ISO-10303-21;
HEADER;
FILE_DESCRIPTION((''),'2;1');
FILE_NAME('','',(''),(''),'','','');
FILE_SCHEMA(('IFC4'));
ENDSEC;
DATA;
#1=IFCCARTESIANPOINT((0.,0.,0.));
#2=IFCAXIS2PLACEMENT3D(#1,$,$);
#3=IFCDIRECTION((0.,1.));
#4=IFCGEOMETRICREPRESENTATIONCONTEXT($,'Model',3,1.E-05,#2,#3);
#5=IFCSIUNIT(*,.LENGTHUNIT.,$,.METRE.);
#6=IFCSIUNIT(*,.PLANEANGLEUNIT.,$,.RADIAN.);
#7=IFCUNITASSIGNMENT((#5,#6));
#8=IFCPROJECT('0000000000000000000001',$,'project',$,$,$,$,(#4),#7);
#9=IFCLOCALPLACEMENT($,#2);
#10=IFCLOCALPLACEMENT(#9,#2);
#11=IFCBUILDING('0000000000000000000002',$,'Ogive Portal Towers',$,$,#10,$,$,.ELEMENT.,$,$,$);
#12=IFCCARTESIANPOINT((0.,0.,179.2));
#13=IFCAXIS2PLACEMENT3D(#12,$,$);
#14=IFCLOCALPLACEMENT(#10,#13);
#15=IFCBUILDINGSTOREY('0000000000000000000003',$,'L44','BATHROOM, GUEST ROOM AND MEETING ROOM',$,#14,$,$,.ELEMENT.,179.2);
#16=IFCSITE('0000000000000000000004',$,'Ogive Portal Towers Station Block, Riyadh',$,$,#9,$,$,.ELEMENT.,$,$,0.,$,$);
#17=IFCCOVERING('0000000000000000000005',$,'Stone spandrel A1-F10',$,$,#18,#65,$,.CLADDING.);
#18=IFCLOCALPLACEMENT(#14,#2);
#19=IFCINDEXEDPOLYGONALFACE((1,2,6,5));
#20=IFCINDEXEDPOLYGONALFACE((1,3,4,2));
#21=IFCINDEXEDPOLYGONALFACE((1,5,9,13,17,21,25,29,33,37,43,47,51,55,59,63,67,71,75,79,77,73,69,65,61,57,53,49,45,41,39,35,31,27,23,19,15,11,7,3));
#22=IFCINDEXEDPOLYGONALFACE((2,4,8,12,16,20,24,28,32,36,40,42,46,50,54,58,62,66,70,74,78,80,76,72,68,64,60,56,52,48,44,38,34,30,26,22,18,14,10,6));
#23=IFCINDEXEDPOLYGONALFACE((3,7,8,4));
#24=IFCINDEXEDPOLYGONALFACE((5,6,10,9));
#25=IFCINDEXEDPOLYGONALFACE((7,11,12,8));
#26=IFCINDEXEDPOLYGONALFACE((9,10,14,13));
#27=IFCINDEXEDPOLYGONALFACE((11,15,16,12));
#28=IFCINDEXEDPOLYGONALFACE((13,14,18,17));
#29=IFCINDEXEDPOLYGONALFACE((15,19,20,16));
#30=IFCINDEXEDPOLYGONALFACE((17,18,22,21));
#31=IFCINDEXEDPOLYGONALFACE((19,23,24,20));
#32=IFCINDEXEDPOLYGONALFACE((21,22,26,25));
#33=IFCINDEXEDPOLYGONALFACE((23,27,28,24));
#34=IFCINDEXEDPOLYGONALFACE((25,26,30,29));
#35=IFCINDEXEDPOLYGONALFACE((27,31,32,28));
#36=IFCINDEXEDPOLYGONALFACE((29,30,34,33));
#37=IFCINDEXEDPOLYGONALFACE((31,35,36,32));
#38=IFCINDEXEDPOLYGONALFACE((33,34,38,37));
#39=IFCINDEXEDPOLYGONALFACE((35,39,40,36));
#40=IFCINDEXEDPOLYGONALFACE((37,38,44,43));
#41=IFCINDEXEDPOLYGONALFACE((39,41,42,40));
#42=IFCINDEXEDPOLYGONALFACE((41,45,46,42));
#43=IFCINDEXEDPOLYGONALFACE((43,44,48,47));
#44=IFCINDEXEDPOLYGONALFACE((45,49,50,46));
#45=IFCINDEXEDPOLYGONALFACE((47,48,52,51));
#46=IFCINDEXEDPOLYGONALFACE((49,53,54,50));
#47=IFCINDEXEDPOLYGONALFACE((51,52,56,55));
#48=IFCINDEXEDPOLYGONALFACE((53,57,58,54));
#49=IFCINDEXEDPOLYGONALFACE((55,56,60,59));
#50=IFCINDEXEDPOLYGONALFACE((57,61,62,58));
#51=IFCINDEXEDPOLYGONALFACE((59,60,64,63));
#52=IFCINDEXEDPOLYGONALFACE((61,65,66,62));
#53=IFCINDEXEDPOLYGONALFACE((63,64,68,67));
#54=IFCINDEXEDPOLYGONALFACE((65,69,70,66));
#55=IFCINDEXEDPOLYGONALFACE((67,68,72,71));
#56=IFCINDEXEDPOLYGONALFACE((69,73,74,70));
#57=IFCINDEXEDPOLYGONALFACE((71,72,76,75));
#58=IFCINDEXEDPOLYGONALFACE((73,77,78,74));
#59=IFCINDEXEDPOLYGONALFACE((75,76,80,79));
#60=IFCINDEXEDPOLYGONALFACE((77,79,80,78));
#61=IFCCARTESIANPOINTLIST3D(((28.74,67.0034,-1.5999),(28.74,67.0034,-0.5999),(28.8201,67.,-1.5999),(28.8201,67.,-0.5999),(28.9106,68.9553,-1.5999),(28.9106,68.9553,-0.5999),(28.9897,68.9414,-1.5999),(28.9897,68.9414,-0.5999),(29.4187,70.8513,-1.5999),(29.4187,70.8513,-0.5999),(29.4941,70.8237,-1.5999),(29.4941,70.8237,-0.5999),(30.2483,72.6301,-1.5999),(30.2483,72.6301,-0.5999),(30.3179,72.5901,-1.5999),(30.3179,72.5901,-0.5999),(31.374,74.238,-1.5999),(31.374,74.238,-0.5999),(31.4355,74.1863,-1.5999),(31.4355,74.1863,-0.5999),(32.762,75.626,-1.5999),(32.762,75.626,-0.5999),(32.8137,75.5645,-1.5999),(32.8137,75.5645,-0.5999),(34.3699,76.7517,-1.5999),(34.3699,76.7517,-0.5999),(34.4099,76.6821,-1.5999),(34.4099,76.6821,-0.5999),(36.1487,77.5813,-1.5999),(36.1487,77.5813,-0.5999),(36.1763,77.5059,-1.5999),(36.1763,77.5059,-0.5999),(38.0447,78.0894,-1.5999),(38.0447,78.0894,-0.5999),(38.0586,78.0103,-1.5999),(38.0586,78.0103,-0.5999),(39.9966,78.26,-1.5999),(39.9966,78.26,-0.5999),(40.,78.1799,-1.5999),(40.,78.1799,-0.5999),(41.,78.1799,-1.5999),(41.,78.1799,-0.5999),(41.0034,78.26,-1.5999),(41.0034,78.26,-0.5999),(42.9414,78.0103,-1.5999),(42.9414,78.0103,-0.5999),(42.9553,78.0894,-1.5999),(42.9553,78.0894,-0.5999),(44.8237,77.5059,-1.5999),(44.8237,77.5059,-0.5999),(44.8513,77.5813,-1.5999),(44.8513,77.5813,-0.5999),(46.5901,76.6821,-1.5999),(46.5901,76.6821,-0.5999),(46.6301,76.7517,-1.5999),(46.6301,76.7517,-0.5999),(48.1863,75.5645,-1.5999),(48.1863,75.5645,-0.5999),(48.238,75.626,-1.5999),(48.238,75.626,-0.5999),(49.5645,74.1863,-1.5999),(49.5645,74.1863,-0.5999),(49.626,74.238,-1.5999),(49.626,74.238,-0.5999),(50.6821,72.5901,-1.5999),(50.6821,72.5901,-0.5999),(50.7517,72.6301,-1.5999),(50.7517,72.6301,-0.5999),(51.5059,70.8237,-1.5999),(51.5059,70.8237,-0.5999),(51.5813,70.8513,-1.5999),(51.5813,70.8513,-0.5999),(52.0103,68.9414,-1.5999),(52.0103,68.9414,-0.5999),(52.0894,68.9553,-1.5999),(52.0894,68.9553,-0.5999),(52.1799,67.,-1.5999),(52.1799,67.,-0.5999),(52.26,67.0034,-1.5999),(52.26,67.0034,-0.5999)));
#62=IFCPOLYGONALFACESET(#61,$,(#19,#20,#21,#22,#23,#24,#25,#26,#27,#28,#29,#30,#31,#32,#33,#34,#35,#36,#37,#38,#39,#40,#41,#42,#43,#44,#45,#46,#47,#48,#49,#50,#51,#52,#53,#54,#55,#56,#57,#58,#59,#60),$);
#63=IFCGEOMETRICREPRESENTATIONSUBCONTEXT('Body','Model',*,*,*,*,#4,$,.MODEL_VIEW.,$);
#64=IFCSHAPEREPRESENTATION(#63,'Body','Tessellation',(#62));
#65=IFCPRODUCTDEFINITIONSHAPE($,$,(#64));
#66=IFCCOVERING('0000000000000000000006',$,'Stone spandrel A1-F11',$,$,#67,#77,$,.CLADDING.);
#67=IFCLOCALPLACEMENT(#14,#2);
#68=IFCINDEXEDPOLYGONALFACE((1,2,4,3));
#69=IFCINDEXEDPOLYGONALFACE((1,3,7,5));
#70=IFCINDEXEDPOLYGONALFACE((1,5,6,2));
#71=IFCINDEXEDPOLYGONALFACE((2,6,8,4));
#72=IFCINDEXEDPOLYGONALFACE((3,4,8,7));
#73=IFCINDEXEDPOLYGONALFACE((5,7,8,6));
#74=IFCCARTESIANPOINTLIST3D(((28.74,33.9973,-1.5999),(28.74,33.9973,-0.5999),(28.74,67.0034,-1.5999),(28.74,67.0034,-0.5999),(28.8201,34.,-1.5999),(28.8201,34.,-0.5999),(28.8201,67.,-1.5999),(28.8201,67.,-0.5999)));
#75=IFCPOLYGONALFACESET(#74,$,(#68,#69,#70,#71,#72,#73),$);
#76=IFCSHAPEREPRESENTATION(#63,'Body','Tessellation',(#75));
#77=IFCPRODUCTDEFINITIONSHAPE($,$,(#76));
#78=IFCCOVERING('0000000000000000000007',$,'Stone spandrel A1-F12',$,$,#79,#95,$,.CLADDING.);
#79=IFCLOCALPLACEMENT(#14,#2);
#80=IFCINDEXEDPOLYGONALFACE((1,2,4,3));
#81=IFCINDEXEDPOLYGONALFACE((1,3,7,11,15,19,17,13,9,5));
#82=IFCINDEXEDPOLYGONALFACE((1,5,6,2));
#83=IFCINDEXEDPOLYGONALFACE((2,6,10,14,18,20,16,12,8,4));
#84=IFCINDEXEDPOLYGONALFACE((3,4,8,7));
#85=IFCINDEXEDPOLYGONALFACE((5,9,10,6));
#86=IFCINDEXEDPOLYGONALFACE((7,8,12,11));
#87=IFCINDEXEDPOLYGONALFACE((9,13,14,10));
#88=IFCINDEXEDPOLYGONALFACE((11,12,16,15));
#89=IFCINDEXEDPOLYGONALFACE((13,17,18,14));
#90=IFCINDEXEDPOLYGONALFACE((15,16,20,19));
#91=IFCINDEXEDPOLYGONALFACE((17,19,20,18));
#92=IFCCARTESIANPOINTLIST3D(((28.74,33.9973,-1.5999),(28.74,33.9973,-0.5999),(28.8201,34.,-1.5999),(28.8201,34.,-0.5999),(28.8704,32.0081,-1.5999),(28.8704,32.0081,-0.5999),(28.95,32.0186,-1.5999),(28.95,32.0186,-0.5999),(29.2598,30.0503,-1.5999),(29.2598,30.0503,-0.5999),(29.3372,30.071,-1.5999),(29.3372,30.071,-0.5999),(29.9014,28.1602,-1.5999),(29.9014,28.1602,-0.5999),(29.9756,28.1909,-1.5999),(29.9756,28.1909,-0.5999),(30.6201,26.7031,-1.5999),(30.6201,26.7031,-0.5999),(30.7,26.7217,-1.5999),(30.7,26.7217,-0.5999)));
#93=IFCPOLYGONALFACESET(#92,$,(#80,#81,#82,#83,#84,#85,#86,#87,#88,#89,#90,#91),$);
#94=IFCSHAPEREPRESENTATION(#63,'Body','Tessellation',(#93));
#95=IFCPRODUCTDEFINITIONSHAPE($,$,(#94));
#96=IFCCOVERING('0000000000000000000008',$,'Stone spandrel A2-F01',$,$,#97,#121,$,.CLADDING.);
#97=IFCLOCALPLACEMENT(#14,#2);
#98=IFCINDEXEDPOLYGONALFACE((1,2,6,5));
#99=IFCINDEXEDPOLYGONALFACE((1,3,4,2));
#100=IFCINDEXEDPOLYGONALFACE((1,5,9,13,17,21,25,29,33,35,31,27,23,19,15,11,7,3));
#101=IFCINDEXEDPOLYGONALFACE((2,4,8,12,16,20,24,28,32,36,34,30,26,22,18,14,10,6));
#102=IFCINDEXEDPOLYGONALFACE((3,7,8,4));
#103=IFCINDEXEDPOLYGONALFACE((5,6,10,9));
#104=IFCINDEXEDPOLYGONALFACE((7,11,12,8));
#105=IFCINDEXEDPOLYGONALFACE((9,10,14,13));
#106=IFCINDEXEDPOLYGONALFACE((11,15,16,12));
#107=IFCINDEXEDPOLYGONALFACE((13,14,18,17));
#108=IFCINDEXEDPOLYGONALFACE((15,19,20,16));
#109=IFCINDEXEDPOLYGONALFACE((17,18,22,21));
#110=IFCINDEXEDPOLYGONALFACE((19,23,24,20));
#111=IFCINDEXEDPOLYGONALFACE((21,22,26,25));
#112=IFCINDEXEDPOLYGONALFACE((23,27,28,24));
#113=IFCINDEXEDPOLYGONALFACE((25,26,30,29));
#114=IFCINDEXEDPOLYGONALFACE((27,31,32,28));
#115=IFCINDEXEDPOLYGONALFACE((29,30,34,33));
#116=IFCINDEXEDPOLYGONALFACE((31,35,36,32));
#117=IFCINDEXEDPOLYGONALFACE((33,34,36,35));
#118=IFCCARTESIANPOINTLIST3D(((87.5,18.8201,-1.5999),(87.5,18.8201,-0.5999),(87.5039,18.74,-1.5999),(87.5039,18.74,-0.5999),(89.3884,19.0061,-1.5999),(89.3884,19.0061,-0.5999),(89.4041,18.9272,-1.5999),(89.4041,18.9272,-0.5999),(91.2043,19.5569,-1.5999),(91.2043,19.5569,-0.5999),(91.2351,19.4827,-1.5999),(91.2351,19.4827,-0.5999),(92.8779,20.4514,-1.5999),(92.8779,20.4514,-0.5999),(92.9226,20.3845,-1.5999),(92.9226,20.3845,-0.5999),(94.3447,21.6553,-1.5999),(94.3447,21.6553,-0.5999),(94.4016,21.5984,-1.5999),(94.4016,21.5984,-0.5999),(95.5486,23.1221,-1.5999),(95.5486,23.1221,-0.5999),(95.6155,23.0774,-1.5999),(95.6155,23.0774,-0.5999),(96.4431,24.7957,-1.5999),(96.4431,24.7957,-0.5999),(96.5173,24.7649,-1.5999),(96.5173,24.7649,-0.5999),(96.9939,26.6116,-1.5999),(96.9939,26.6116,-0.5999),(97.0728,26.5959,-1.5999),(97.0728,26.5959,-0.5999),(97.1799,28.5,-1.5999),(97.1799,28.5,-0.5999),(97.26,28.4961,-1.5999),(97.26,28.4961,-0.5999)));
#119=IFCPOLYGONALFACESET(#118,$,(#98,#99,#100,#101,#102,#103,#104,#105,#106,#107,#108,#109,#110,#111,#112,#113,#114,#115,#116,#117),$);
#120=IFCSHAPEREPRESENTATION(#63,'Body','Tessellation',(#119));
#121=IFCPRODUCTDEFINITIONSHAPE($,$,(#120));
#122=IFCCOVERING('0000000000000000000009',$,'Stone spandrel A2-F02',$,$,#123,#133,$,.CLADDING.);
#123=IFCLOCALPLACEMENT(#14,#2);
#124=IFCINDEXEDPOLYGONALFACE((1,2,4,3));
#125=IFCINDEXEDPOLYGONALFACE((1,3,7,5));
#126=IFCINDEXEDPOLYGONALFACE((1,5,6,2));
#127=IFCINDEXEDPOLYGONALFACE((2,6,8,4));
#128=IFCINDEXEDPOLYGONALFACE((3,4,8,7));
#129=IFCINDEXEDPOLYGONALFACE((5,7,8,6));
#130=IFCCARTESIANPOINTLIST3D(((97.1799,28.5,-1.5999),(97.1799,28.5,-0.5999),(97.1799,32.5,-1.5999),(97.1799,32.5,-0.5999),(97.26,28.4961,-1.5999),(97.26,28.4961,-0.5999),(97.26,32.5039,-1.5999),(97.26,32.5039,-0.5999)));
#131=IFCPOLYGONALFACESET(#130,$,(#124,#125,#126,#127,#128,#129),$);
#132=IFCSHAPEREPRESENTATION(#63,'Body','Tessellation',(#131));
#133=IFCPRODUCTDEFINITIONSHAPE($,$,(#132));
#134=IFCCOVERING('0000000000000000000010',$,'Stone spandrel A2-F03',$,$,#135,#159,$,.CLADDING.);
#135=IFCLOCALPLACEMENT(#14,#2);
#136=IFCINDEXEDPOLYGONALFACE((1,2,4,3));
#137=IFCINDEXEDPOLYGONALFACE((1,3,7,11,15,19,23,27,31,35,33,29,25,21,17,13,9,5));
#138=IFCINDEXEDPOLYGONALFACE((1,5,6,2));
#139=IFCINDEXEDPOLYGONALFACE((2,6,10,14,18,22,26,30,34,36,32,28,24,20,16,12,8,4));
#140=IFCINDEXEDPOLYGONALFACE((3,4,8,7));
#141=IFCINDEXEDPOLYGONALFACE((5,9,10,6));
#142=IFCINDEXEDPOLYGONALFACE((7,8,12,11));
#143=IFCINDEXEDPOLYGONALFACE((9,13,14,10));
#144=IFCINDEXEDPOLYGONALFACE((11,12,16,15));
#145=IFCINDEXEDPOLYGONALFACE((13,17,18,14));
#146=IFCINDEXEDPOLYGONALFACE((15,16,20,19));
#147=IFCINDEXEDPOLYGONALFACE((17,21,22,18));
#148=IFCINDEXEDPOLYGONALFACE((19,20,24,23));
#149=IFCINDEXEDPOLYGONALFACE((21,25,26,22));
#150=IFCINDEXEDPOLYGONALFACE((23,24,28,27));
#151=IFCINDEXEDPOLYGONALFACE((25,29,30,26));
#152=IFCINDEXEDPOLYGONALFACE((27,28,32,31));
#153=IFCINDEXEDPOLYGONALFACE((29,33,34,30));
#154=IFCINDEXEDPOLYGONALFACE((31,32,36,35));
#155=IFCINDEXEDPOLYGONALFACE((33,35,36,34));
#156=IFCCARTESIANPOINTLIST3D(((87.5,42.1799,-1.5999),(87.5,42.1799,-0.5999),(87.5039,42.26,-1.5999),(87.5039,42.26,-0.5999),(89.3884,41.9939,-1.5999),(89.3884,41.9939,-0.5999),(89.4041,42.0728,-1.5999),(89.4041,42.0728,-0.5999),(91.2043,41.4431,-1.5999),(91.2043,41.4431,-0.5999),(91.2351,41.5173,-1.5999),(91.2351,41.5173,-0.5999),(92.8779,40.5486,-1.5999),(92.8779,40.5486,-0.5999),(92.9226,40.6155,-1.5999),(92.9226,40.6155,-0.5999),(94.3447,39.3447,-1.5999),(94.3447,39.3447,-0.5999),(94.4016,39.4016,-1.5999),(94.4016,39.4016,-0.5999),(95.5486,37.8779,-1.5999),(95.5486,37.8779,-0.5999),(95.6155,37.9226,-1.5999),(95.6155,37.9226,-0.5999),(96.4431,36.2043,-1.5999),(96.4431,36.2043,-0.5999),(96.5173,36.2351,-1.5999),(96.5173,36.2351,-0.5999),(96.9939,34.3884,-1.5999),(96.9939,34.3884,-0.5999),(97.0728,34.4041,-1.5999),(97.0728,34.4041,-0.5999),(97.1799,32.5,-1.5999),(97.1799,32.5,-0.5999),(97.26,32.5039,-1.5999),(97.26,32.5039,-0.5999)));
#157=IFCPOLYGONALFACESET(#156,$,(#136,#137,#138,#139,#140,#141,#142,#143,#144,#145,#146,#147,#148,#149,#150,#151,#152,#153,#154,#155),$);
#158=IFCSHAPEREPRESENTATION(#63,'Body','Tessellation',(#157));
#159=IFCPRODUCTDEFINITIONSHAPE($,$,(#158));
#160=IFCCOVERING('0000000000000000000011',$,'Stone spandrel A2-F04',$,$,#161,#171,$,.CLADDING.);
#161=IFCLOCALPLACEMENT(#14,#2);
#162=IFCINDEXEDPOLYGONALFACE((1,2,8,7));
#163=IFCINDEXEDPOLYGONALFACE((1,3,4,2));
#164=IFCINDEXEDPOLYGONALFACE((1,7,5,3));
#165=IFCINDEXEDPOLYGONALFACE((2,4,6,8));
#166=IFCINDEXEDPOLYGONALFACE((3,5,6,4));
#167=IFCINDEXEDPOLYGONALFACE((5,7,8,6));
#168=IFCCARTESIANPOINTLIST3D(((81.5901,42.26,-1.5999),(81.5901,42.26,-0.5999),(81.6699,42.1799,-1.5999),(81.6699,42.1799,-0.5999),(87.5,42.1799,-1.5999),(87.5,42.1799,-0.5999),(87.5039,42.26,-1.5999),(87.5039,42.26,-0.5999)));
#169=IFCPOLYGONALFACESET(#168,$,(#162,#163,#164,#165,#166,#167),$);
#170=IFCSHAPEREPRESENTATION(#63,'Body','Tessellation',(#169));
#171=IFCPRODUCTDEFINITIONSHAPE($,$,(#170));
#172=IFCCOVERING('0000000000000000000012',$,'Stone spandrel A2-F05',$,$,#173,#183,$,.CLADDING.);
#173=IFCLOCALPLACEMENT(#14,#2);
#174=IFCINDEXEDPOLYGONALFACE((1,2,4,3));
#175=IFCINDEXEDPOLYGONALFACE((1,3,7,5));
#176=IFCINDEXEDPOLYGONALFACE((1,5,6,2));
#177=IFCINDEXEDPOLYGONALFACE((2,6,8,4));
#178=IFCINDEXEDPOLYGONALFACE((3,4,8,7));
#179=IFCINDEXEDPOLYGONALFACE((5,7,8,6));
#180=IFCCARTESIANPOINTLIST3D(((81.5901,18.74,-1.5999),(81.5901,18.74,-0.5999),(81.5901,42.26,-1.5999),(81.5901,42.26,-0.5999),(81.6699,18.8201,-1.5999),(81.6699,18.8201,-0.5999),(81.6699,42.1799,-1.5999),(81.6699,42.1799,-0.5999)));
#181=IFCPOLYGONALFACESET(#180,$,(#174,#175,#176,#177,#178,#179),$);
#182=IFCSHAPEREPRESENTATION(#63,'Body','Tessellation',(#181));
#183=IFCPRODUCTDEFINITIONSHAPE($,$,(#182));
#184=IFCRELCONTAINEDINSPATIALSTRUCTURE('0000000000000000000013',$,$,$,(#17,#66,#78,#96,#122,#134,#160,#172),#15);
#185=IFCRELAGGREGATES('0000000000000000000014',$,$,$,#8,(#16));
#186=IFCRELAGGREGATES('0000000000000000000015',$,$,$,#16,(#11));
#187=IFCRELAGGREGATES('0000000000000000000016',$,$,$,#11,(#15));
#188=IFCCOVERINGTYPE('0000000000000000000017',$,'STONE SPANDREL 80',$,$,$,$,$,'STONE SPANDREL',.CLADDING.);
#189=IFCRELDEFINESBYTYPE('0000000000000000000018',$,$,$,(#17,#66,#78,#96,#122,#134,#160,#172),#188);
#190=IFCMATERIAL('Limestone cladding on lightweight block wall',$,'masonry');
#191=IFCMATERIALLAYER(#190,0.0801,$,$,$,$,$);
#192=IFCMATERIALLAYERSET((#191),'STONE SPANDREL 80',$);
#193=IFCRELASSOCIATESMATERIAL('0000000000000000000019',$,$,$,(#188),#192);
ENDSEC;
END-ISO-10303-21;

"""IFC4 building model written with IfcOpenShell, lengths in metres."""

from ifc_helpers import new_model, si_unit, direction, frame, origin, place, context, subcontext, project, spatial, polyline, outline, extrude, material, layer, layer_set, type_object, element, save


model = new_model("IFC4")

# Units and contexts
model_context = context("Model", 3, precision=1e-05, world=origin(), true_north=direction((0.0, 1.0)))
body_context = subcontext(model_context, "Body", "Model", "MODEL_VIEW")
ifc_project = project(units=[si_unit("LENGTHUNIT", "METRE"), si_unit("PLANEANGLEUNIT", "RADIAN")], contexts=[model_context])

# Site, building, storey
site_placement = place(None, origin())
site = spatial("IfcSite", under=ifc_project, at=site_placement, Name="Ogive Portal Towers Station Block, Riyadh", CompositionType="ELEMENT", RefElevation=0.0)
building_placement = place(site_placement, origin())
building = spatial("IfcBuilding", under=site, at=building_placement, Name="Ogive Portal Towers", CompositionType="ELEMENT")
storey_placement = place(building_placement, frame((0.0, 0.0, 179.2)))
storey = spatial("IfcBuildingStorey", under=building, at=storey_placement, Name="L44", Description="BATHROOM, GUEST ROOM AND MEETING ROOM", CompositionType="ELEMENT", Elevation=179.2)

# Coverings
ifc_material_1 = material(Name="Limestone cladding on lightweight block wall", Category="masonry")
ifc_layer_1 = layer(ifc_material_1, 0.0801)
ifc_layer_set_1 = layer_set([ifc_layer_1], Name="STONE SPANDREL 80")
covering_type_1 = type_object("IfcCoveringType", Name="STONE SPANDREL 80", ElementType="STONE SPANDREL", PredefinedType="CLADDING", material=ifc_layer_set_1)
covering_1_placement = place(storey_placement, frame((0.0, 0.0, -1.5999)))
element("IfcCovering", 1, at=covering_1_placement, inside=storey, type_object=covering_type_1, Name="Stone spandrel A1-F10", PredefinedType="CLADDING", context=body_context, shape_type="SweptSolid", body=[
    extrude(outline(polyline([(52.1799, 67.0), (52.0103, 68.9414), (51.5059, 70.8237), (50.6821, 72.5901), (49.5645, 74.1863), (48.1863, 75.5645), (46.5901, 76.6821), (44.8237, 77.5059), (42.9414, 78.0103), (41.0, 78.1799), (40.0, 78.1799), (38.0586, 78.0103), (36.1763, 77.5059), (34.4099, 76.6821), (32.8137, 75.5645), (31.4355, 74.1863), (30.3179, 72.5901), (29.4941, 70.8237), (28.9897, 68.9414), (28.8201, 67.0), (28.74, 67.0034), (28.9106, 68.9553), (29.4187, 70.8513), (30.2483, 72.6301), (31.374, 74.238), (32.762, 75.626), (34.3699, 76.7517), (36.1487, 77.5813), (38.0447, 78.0894), (39.9966, 78.26), (41.0034, 78.26), (42.9553, 78.0894), (44.8513, 77.5813), (46.6301, 76.7517), (48.238, 75.626), (49.626, 74.238), (50.7517, 72.6301), (51.5813, 70.8513), (52.0894, 68.9553), (52.26, 67.0034), (52.1799, 67.0)])), origin(), (0.0, 0.0, 1.0), 1.0),
])
covering_2_placement = place(storey_placement, frame((0.0, 0.0, -1.5999)))
element("IfcCovering", 2, at=covering_2_placement, inside=storey, type_object=covering_type_1, Name="Stone spandrel A1-F11", PredefinedType="CLADDING", context=body_context, shape_type="SweptSolid", body=[
    extrude(outline(polyline([(28.8201, 67.0), (28.8201, 34.0), (28.74, 33.9973), (28.74, 67.0034), (28.8201, 67.0)])), origin(), (0.0, 0.0, 1.0), 1.0),
])
covering_3_placement = place(storey_placement, frame((0.0, 0.0, -1.5999)))
element("IfcCovering", 3, at=covering_3_placement, inside=storey, type_object=covering_type_1, Name="Stone spandrel A1-F12", PredefinedType="CLADDING", context=body_context, shape_type="SweptSolid", body=[
    extrude(outline(polyline([(28.8201, 34.0), (28.95, 32.0186), (29.3372, 30.071), (29.9756, 28.1909), (30.7, 26.7217), (30.6201, 26.7031), (29.9014, 28.1602), (29.2598, 30.0503), (28.8704, 32.0081), (28.74, 33.9973), (28.8201, 34.0)])), origin(), (0.0, 0.0, 1.0), 1.0),
])
covering_4_placement = place(storey_placement, frame((0.0, 0.0, -1.5999)))
element("IfcCovering", 4, at=covering_4_placement, inside=storey, type_object=covering_type_1, Name="Stone spandrel A2-F01", PredefinedType="CLADDING", context=body_context, shape_type="SweptSolid", body=[
    extrude(outline(polyline([(87.5, 18.8201), (89.3884, 19.0061), (91.2043, 19.5569), (92.8779, 20.4514), (94.3447, 21.6553), (95.5486, 23.1221), (96.4431, 24.7957), (96.9939, 26.6116), (97.1799, 28.5), (97.26, 28.4961), (97.0728, 26.5959), (96.5173, 24.7649), (95.6155, 23.0774), (94.4016, 21.5984), (92.9226, 20.3845), (91.2351, 19.4827), (89.4041, 18.9272), (87.5039, 18.74), (87.5, 18.8201)])), origin(), (0.0, 0.0, 1.0), 1.0),
])
covering_5_placement = place(storey_placement, frame((0.0, 0.0, -1.5999)))
element("IfcCovering", 5, at=covering_5_placement, inside=storey, type_object=covering_type_1, Name="Stone spandrel A2-F02", PredefinedType="CLADDING", context=body_context, shape_type="SweptSolid", body=[
    extrude(outline(polyline([(97.1799, 28.5), (97.1799, 32.5), (97.26, 32.5039), (97.26, 28.4961), (97.1799, 28.5)])), origin(), (0.0, 0.0, 1.0), 1.0),
])
covering_6_placement = place(storey_placement, frame((0.0, 0.0, -1.5999)))
element("IfcCovering", 6, at=covering_6_placement, inside=storey, type_object=covering_type_1, Name="Stone spandrel A2-F03", PredefinedType="CLADDING", context=body_context, shape_type="SweptSolid", body=[
    extrude(outline(polyline([(97.1799, 32.5), (96.9939, 34.3884), (96.4431, 36.2043), (95.5486, 37.8779), (94.3447, 39.3447), (92.8779, 40.5486), (91.2043, 41.4431), (89.3884, 41.9939), (87.5, 42.1799), (87.5039, 42.26), (89.4041, 42.0728), (91.2351, 41.5173), (92.9226, 40.6155), (94.4016, 39.4016), (95.6155, 37.9226), (96.5173, 36.2351), (97.0728, 34.4041), (97.26, 32.5039), (97.1799, 32.5)])), origin(), (0.0, 0.0, 1.0), 1.0),
])
covering_7_placement = place(storey_placement, frame((0.0, 0.0, -1.5999)))
element("IfcCovering", 7, at=covering_7_placement, inside=storey, type_object=covering_type_1, Name="Stone spandrel A2-F04", PredefinedType="CLADDING", context=body_context, shape_type="SweptSolid", body=[
    extrude(outline(polyline([(87.5, 42.1799), (81.6699, 42.1799), (81.5901, 42.26), (87.5039, 42.26), (87.5, 42.1799)])), origin(), (0.0, 0.0, 1.0), 1.0),
])
covering_8_placement = place(storey_placement, frame((0.0, 0.0, -1.5999)))
element("IfcCovering", 8, at=covering_8_placement, inside=storey, type_object=covering_type_1, Name="Stone spandrel A2-F05", PredefinedType="CLADDING", context=body_context, shape_type="SweptSolid", body=[
    extrude(outline(polyline([(81.6699, 42.1799), (81.6699, 18.8201), (81.5901, 18.74), (81.5901, 42.26), (81.6699, 42.1799)])), origin(), (0.0, 0.0, 1.0), 1.0),
])

save(model, "model.ifc")
